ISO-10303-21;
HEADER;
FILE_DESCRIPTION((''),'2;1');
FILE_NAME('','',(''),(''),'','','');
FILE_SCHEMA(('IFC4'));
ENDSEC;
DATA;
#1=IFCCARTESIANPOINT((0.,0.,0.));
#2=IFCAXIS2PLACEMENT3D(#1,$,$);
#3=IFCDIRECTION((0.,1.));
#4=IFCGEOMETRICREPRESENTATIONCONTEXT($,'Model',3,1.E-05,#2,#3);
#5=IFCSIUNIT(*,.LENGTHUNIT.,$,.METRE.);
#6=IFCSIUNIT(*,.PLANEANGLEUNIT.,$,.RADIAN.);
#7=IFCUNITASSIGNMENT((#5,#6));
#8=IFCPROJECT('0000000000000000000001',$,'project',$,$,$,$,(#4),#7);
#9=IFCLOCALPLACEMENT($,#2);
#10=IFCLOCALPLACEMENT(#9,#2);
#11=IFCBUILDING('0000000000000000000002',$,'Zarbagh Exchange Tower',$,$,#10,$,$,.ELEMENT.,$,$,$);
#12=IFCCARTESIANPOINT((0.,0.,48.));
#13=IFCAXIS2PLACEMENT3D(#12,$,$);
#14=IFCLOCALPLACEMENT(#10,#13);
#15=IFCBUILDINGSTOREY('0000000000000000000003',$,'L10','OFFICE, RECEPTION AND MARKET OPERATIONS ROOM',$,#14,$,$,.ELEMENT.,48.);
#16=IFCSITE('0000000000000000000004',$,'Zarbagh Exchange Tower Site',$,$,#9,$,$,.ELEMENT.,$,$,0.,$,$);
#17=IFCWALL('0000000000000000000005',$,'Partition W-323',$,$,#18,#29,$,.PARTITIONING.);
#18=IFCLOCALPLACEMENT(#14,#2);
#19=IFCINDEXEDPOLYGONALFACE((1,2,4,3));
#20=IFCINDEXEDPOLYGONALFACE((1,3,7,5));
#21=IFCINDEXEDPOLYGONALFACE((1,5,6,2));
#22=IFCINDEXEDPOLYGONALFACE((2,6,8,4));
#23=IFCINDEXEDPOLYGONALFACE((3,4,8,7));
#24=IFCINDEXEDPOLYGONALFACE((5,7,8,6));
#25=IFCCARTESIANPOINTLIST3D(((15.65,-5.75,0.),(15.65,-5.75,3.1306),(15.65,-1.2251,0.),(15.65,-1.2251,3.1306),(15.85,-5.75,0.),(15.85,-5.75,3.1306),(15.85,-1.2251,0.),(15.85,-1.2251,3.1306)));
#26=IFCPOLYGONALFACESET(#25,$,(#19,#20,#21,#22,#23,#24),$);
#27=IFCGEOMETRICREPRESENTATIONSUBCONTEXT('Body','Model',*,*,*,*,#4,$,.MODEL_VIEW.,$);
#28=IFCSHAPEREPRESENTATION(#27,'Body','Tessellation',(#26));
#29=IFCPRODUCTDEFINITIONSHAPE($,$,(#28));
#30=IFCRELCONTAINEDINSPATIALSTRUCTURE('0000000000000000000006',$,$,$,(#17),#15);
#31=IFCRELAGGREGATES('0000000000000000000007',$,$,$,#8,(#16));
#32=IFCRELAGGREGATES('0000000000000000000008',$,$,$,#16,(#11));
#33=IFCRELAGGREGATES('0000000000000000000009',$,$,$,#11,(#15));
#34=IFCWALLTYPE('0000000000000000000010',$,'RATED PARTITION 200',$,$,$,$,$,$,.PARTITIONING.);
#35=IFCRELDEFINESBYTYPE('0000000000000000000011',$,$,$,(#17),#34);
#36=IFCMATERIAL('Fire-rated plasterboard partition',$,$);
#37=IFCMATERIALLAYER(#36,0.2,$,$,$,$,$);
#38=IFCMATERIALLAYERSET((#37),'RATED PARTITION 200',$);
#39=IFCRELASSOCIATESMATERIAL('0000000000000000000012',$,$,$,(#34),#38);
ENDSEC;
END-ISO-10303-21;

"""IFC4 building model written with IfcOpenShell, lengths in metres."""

from ifc_helpers import new_model, si_unit, direction, frame, frame_2d, origin, place, context, subcontext, project, spatial, rectangle, extrude, material, layer, layer_set, type_object, element, save


model = new_model("IFC4")

# Units and contexts
model_context = context("Model", 3, precision=1e-05, world=origin(), true_north=direction((0.0, 1.0)))
body_context = subcontext(model_context, "Body", "Model", "MODEL_VIEW")
ifc_project = project(units=[si_unit("LENGTHUNIT", "METRE"), si_unit("PLANEANGLEUNIT", "RADIAN")], contexts=[model_context])

# Site, building, storey
site_placement = place(None, origin())
site = spatial("IfcSite", under=ifc_project, at=site_placement, Name="Zarbagh Exchange Tower Site", CompositionType="ELEMENT", RefElevation=0.0)
building_placement = place(site_placement, origin())
building = spatial("IfcBuilding", under=site, at=building_placement, Name="Zarbagh Exchange Tower", CompositionType="ELEMENT")
storey_placement = place(building_placement, frame((0.0, 0.0, 48.0)))
storey = spatial("IfcBuildingStorey", under=building, at=storey_placement, Name="L10", Description="OFFICE, RECEPTION AND MARKET OPERATIONS ROOM", CompositionType="ELEMENT", Elevation=48.0)

# Shared definitions
ifc_material_1 = material(Name="Fire-rated plasterboard partition")
ifc_layer = layer(ifc_material_1, 0.2)
ifc_layer_set = layer_set([ifc_layer], Name="RATED PARTITION 200")
wall_type = type_object("IfcWallType", Name="RATED PARTITION 200", PredefinedType="PARTITIONING", material=ifc_layer_set)

# Wall
for number, where, z_axis, x_axis, name in (
    (1, (15.75, -5.75, 0.0), (0.0, 0.0, 1.0), (0.0, 1.0, 0.0), "Partition W-323"),
):
    element("IfcWall", number, at=place(storey_placement, frame(where, z_axis=z_axis, x_axis=x_axis)), inside=storey, type_object=wall_type, Name=name, PredefinedType="PARTITIONING", context=body_context, shape_type="SweptSolid", body=[
        extrude(rectangle(XDim=4.5249, YDim=0.2, at=frame_2d((2.2625, 0.0))), origin(), (0.0, 0.0, 1.0), 3.1306),
    ])

save(model, "model.ifc")
